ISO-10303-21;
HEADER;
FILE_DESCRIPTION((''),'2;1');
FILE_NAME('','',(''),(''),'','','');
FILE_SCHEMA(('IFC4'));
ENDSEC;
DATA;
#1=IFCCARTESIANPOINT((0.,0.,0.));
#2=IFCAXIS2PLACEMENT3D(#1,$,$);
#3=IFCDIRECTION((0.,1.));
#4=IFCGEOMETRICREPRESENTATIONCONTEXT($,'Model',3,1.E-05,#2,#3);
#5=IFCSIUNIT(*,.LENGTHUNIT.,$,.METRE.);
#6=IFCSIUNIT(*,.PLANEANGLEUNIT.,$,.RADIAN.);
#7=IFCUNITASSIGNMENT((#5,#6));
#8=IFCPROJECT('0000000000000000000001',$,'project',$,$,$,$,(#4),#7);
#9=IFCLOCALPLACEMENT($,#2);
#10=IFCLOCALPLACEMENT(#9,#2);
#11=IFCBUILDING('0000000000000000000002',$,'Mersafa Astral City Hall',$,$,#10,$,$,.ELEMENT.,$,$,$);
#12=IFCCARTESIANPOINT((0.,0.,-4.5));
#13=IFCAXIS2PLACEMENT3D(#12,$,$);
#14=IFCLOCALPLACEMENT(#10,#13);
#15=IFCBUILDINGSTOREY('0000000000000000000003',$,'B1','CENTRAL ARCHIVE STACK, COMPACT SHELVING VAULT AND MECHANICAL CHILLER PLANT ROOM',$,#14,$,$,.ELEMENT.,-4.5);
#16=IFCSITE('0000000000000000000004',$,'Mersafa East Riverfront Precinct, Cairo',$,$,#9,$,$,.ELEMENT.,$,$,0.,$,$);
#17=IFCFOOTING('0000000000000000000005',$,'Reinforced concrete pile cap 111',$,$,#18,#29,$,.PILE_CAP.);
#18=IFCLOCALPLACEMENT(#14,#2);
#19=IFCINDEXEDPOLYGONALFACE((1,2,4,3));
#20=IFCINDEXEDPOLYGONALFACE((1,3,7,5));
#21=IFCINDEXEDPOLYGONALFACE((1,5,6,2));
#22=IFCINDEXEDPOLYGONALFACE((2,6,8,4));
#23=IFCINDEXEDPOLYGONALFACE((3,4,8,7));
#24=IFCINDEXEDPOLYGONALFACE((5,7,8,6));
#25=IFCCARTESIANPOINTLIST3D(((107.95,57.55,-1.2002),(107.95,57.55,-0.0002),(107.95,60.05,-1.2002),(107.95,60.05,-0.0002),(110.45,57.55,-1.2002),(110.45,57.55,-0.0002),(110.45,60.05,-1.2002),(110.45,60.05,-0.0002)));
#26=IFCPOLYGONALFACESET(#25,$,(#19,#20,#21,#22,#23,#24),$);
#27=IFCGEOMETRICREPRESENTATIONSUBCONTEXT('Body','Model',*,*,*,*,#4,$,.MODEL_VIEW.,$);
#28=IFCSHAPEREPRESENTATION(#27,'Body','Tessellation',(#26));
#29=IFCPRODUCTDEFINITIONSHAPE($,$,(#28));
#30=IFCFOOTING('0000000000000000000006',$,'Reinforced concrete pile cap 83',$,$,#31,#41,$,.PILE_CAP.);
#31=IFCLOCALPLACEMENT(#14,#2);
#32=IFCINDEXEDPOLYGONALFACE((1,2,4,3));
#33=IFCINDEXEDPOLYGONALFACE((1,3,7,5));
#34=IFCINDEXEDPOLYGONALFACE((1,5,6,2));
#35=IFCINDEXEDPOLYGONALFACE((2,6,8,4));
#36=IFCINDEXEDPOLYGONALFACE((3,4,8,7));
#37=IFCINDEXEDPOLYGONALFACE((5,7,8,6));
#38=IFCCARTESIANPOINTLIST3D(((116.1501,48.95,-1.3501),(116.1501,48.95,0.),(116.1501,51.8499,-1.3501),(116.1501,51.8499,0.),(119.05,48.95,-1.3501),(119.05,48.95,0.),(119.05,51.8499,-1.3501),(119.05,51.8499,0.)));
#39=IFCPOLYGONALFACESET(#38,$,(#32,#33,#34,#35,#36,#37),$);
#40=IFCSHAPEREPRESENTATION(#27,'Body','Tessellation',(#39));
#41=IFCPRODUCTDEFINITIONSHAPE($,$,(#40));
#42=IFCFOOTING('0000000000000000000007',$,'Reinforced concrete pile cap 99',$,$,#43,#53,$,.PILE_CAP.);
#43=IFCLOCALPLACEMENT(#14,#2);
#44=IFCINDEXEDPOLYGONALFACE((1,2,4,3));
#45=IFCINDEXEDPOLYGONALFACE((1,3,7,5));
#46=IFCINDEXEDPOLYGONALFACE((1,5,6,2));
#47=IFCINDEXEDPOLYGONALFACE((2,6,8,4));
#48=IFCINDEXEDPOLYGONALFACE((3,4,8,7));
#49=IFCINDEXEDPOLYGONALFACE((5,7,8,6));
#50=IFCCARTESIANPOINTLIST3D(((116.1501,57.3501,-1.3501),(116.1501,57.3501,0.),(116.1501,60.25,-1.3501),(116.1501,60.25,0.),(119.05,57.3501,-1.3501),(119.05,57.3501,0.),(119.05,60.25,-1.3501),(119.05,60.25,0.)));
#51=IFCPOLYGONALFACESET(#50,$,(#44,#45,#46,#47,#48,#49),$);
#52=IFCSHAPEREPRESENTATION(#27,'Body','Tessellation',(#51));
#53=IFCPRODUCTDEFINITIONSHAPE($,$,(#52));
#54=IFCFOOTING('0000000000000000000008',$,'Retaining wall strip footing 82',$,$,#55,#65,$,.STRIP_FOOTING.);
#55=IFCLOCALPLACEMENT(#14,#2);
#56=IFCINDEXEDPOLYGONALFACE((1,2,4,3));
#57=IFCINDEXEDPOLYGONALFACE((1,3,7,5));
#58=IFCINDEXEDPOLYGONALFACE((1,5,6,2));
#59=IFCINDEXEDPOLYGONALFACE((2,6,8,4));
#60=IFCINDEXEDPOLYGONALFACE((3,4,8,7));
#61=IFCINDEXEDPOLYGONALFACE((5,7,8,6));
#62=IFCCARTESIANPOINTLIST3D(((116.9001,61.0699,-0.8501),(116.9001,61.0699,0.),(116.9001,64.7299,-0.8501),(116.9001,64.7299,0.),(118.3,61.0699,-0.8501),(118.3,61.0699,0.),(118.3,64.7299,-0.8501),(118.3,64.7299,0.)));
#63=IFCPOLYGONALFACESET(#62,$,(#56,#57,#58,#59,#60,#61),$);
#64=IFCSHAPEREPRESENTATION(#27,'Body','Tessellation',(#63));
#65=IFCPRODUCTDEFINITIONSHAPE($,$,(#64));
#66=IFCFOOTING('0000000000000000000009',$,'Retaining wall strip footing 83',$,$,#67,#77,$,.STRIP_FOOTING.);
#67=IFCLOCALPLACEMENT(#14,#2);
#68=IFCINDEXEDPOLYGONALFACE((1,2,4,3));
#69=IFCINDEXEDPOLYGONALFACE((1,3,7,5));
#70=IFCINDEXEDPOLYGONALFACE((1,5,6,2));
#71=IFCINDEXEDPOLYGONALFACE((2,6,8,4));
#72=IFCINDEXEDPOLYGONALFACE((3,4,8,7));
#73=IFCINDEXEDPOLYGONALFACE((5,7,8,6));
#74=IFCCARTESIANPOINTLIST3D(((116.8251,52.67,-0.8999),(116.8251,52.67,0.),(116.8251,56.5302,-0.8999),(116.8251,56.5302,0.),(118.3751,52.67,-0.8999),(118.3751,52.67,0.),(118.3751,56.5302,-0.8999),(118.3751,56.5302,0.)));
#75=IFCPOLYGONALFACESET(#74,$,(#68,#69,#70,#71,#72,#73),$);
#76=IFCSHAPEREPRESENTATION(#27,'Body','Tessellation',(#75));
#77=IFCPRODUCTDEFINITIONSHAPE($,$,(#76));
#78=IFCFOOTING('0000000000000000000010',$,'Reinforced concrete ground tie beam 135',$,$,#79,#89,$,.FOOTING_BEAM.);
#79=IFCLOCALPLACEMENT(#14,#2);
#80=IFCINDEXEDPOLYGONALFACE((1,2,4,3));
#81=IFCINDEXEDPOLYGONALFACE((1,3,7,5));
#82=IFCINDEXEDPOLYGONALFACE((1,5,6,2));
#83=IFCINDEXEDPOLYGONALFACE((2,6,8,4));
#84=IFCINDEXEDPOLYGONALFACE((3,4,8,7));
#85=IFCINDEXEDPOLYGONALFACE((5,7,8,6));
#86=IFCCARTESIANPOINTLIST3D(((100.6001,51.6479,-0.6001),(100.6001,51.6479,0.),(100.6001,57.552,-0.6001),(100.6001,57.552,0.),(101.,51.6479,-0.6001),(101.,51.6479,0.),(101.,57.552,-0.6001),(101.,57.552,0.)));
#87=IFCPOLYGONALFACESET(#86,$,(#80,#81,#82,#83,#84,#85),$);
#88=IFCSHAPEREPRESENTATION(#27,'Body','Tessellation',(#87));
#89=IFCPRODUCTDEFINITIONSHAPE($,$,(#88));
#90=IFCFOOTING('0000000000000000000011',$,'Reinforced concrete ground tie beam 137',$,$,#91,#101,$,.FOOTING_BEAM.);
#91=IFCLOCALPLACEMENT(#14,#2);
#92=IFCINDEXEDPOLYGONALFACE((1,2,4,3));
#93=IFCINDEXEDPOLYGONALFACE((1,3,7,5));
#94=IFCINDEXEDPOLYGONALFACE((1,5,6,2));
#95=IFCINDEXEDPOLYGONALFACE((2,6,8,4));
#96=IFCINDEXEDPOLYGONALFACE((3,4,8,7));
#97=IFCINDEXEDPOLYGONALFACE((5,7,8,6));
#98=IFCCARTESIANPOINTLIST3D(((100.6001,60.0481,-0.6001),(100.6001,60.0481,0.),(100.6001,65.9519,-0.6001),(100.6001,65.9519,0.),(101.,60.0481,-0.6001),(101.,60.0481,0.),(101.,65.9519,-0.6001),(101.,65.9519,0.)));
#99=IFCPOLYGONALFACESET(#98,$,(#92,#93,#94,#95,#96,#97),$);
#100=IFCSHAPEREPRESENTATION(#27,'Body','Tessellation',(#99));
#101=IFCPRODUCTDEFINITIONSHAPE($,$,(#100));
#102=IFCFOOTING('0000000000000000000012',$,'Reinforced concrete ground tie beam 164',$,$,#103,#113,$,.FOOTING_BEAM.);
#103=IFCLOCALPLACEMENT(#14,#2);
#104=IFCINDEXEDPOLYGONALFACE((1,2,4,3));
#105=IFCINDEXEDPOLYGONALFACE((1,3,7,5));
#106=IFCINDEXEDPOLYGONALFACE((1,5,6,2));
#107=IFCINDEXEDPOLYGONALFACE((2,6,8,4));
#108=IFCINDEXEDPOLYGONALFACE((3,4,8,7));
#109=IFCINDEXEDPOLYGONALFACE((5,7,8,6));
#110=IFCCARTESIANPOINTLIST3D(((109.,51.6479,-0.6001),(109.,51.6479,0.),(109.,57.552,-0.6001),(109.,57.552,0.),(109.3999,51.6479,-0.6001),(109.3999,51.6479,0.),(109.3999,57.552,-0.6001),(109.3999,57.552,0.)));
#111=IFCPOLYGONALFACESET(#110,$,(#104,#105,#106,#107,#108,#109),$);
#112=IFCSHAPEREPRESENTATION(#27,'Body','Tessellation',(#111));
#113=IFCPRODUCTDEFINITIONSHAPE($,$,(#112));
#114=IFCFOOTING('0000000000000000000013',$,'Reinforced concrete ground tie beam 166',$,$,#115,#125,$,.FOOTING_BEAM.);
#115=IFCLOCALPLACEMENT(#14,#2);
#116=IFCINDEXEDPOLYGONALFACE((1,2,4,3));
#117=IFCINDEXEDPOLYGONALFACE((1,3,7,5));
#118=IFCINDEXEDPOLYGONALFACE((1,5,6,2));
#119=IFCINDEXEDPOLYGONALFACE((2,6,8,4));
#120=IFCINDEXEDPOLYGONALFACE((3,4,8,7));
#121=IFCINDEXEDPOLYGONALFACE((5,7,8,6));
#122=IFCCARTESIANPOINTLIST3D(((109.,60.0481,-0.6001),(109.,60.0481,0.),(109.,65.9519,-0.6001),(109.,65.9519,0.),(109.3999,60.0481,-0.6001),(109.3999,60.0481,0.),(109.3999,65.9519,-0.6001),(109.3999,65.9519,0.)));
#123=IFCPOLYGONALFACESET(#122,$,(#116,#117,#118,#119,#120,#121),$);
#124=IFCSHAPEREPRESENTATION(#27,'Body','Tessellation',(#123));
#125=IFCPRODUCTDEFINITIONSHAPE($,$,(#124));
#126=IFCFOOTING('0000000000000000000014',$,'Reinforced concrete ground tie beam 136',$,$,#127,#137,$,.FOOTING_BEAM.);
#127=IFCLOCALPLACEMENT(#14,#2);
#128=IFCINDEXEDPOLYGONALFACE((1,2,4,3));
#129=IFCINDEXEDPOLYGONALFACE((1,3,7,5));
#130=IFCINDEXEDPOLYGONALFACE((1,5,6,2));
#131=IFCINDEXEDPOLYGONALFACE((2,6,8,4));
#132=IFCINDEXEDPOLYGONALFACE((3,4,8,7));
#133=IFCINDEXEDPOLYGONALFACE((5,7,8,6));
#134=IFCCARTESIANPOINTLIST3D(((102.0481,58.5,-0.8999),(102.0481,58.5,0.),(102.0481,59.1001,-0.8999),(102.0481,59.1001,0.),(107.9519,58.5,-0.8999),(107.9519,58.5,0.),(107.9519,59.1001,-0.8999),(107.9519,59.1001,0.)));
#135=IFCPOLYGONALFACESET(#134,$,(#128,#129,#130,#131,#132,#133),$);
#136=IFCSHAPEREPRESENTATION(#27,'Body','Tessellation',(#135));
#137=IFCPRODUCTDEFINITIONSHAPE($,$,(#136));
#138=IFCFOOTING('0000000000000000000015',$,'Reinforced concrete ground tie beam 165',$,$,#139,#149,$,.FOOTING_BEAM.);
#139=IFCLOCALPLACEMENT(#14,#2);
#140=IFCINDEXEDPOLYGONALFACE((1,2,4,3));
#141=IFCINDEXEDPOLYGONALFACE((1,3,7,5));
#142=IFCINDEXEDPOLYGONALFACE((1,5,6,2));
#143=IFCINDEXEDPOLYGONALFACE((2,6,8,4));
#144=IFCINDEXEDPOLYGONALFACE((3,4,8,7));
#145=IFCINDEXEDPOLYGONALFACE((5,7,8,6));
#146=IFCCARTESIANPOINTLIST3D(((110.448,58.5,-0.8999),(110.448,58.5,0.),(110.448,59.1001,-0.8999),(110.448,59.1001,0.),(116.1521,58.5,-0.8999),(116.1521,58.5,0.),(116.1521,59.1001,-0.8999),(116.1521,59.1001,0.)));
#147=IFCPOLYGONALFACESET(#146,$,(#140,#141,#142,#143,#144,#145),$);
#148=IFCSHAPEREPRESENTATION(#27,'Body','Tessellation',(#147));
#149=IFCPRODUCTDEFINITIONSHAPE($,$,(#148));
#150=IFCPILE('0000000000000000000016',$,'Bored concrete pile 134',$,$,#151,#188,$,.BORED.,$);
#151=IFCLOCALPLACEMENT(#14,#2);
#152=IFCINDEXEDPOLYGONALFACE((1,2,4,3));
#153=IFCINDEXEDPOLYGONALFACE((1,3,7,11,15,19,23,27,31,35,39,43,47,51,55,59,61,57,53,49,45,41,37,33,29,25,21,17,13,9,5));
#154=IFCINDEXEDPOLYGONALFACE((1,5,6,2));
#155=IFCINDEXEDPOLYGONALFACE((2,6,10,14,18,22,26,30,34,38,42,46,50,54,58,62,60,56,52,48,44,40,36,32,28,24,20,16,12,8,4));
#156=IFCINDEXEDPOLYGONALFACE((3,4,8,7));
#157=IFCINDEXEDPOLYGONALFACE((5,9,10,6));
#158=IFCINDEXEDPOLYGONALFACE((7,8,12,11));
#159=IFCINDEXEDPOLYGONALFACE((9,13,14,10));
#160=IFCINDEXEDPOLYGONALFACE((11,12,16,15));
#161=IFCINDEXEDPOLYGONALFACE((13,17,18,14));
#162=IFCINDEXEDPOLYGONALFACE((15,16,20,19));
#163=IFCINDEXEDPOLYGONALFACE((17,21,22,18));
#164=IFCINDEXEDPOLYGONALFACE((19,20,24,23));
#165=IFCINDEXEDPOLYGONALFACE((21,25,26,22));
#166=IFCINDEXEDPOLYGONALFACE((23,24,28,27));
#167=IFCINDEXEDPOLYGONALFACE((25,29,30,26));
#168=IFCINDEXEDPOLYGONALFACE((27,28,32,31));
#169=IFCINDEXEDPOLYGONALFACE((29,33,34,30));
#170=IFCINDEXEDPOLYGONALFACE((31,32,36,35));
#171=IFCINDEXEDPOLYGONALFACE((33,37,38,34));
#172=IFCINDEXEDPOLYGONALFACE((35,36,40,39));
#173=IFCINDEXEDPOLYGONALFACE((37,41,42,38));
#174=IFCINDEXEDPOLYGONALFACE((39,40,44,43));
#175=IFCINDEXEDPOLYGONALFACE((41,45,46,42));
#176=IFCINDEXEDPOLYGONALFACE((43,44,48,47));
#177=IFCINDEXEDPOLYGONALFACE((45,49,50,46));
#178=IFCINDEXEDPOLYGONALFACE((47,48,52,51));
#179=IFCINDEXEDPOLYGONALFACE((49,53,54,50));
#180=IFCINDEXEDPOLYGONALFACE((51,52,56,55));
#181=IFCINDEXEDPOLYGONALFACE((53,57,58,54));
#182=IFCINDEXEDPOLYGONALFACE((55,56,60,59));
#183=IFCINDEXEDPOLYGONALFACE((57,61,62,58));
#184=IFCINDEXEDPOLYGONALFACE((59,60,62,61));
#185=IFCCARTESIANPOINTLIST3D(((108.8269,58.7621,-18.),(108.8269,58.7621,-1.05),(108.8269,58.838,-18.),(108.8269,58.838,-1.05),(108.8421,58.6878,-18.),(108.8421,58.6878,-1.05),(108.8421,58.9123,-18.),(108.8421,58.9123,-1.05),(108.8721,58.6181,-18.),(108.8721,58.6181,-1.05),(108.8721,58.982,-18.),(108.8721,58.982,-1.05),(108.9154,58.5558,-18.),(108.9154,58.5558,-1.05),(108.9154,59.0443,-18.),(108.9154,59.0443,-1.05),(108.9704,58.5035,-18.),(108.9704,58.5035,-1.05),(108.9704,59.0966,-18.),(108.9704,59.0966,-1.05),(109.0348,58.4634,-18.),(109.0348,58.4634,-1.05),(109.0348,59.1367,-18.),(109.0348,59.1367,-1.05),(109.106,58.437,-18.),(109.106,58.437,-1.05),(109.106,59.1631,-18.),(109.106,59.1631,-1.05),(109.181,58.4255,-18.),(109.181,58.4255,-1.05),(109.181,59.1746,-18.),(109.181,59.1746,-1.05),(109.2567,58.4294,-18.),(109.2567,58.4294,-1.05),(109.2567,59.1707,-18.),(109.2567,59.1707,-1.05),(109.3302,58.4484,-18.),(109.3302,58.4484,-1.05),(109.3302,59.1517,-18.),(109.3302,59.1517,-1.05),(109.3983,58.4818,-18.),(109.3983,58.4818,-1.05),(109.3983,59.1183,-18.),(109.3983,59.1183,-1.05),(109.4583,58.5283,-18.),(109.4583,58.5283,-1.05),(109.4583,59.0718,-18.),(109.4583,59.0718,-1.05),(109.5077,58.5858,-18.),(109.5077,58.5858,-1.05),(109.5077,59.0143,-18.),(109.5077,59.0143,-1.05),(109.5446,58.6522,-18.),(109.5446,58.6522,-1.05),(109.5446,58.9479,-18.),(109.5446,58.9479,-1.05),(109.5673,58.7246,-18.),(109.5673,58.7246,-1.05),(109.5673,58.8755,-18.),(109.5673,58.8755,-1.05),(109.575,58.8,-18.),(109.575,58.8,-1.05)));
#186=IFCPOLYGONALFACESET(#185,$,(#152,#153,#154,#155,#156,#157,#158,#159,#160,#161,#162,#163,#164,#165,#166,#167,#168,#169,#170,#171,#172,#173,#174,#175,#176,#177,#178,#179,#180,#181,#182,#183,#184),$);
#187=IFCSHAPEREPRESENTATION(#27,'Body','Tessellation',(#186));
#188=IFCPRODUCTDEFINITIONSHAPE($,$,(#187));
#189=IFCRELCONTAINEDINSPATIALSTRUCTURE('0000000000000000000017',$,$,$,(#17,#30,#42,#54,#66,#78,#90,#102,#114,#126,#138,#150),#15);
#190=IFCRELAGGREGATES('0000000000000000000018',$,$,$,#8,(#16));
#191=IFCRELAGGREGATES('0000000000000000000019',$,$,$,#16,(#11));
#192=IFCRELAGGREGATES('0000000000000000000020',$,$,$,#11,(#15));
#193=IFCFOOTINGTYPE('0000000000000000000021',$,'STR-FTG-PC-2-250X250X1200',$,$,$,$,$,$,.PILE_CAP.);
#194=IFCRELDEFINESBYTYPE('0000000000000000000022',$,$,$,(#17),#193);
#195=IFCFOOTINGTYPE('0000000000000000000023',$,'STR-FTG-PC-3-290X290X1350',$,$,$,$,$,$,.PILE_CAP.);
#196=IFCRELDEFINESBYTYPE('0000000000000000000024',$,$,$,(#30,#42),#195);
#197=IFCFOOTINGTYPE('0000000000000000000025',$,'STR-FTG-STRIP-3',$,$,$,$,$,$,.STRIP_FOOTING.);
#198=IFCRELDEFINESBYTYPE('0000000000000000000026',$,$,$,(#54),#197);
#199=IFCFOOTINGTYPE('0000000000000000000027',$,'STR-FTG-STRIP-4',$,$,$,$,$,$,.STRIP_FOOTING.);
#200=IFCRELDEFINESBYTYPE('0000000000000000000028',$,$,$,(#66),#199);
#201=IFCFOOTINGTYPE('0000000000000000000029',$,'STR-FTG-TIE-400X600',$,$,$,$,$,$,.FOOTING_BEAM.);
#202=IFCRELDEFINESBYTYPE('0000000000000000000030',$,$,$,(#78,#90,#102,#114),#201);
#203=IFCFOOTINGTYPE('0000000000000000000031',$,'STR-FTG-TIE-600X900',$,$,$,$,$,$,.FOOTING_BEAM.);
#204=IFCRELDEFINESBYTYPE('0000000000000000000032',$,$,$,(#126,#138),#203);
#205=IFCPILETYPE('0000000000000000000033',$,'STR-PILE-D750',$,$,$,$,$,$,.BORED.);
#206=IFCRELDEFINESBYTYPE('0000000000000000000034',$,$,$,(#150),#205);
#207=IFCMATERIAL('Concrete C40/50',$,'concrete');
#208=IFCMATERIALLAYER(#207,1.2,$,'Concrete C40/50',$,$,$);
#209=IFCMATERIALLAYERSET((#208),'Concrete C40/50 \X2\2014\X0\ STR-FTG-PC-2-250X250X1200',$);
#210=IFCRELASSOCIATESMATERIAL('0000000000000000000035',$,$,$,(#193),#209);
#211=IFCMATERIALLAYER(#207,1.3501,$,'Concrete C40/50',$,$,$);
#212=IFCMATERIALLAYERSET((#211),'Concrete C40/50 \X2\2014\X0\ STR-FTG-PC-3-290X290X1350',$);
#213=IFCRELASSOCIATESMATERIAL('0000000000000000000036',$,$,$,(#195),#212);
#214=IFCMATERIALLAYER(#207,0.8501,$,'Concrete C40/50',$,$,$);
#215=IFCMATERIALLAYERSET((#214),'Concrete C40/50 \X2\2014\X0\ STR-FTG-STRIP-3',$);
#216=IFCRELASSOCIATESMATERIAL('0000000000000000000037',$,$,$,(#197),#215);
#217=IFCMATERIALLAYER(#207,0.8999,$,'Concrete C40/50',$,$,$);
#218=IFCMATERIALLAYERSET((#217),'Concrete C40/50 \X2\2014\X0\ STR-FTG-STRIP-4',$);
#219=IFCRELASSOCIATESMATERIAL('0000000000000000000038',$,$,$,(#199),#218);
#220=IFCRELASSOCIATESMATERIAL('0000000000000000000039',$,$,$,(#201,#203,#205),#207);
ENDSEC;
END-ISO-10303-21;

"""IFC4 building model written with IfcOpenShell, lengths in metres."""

from ifc_helpers import new_model, si_unit, direction, frame, origin, origin_2d, place, context, subcontext, project, spatial, rectangle, circle, extrude, material, layer, layer_set, material_profile, profile_set, type_object, element, save


model = new_model("IFC4")

# Units and contexts
model_context = context("Model", 3, precision=1e-05, world=origin(), true_north=direction((0.0, 1.0)))
body_context = subcontext(model_context, "Body", "Model", "MODEL_VIEW")
ifc_project = project(units=[si_unit("LENGTHUNIT", "METRE"), si_unit("PLANEANGLEUNIT", "RADIAN")], contexts=[model_context])

# Site, building, storey
site_placement = place(None, origin())
site = spatial("IfcSite", under=ifc_project, at=site_placement, Name="Mersafa East Riverfront Precinct, Cairo", CompositionType="ELEMENT", RefElevation=0.0)
building_placement = place(site_placement, origin())
building = spatial("IfcBuilding", under=site, at=building_placement, Name="Mersafa Astral City Hall", CompositionType="ELEMENT")
storey_placement = place(building_placement, frame((0.0, 0.0, -4.5)))
storey = spatial("IfcBuildingStorey", under=building, at=storey_placement, Name="B1", Description="CENTRAL ARCHIVE STACK, COMPACT SHELVING VAULT AND MECHANICAL CHILLER PLANT ROOM", CompositionType="ELEMENT", Elevation=-4.5)

# Footings
ifc_material_1 = material(Name="Concrete C40/50", Category="concrete")
ifc_layer_1 = layer(ifc_material_1, 1.2, Name="Concrete C40/50")
ifc_layer_set_1 = layer_set([ifc_layer_1], Name="Concrete C40/50 — STR-FTG-PC-2-250X250X1200")
footing_type_1 = type_object("IfcFootingType", Name="STR-FTG-PC-2-250X250X1200", PredefinedType="PILE_CAP", material=ifc_layer_set_1)
footing_1_placement = place(storey_placement, frame((109.2, 58.8, -1.2002), z_axis=(0.0, 0.0, 1.0), x_axis=(1.0, 0.0, 0.0)))
element("IfcFooting", 1, at=footing_1_placement, inside=storey, type_object=footing_type_1, Name="Reinforced concrete pile cap 111", PredefinedType="PILE_CAP", context=body_context, shape_type="SweptSolid", body=[
    extrude(rectangle(XDim=2.5, YDim=2.5, at=origin_2d()), origin(), (0.0, 0.0, 1.0), 1.2),
])
ifc_layer_2 = layer(ifc_material_1, 1.3501, Name="Concrete C40/50")
ifc_layer_set_2 = layer_set([ifc_layer_2], Name="Concrete C40/50 — STR-FTG-PC-3-290X290X1350")
footing_type_2 = type_object("IfcFootingType", Name="STR-FTG-PC-3-290X290X1350", PredefinedType="PILE_CAP", material=ifc_layer_set_2)
for number, where, z_axis, x_axis, name in (
    (2, (117.6001, 50.3999, -1.3501), (0.0, 0.0, 1.0), (1.0, 0.0, 0.0), "Reinforced concrete pile cap 83"),
    (3, (117.6001, 58.8, -1.3501), (0.0, 0.0, 1.0), (1.0, 0.0, 0.0), "Reinforced concrete pile cap 99"),
):
    element("IfcFooting", number, at=place(storey_placement, frame(where, z_axis=z_axis, x_axis=x_axis)), inside=storey, type_object=footing_type_2, Name=name, PredefinedType="PILE_CAP", context=body_context, shape_type="SweptSolid", body=[
        extrude(rectangle(XDim=2.8999, YDim=2.8999, at=origin_2d()), origin(), (0.0, 0.0, 1.0), 1.3501),
    ])
ifc_layer_3 = layer(ifc_material_1, 0.8501, Name="Concrete C40/50")
ifc_layer_set_3 = layer_set([ifc_layer_3], Name="Concrete C40/50 — STR-FTG-STRIP-3")
footing_type_3 = type_object("IfcFootingType", Name="STR-FTG-STRIP-3", PredefinedType="STRIP_FOOTING", material=ifc_layer_set_3)
footing_2_placement = place(storey_placement, frame((117.6001, 62.8999, -0.8501), z_axis=(0.0, 0.0, 1.0), x_axis=(0.0, -1.0, 0.0)))
element("IfcFooting", 4, at=footing_2_placement, inside=storey, type_object=footing_type_3, Name="Retaining wall strip footing 82", PredefinedType="STRIP_FOOTING", context=body_context, shape_type="SweptSolid", body=[
    extrude(rectangle(XDim=3.6599, YDim=1.3999, at=origin_2d()), origin(), (0.0, 0.0, 1.0), 0.8501),
])
ifc_layer_4 = layer(ifc_material_1, 0.8999, Name="Concrete C40/50")
ifc_layer_set_4 = layer_set([ifc_layer_4], Name="Concrete C40/50 — STR-FTG-STRIP-4")
footing_type_4 = type_object("IfcFootingType", Name="STR-FTG-STRIP-4", PredefinedType="STRIP_FOOTING", material=ifc_layer_set_4)
footing_3_placement = place(storey_placement, frame((117.6001, 54.6001, -0.8999), z_axis=(0.0, 0.0, 1.0), x_axis=(0.0, -1.0, 0.0)))
element("IfcFooting", 5, at=footing_3_placement, inside=storey, type_object=footing_type_4, Name="Retaining wall strip footing 83", PredefinedType="STRIP_FOOTING", context=body_context, shape_type="SweptSolid", body=[
    extrude(rectangle(XDim=3.8601, YDim=1.55, at=origin_2d()), origin(), (0.0, 0.0, 1.0), 0.8999),
])
ifc_material_profile_1 = material_profile(ifc_material_1, rectangle(XDim=0.3999, YDim=0.6001, at=origin_2d()), Name="RC 400x600")
ifc_profile_set_1 = profile_set([ifc_material_profile_1], Name="Concrete C40/50")
footing_type_5 = type_object("IfcFootingType", Name="STR-FTG-TIE-400X600", PredefinedType="FOOTING_BEAM", material=ifc_profile_set_1)
footing_4_placement = place(storey_placement, frame((100.8, 51.6479, -0.3), z_axis=(0.0, 1.0, 0.0), x_axis=(-1.0, 0.0, 0.0)))
element("IfcFooting", 6, at=footing_4_placement, inside=storey, type_object=footing_type_5, Name="Reinforced concrete ground tie beam 135", PredefinedType="FOOTING_BEAM", context=body_context, shape_type="SweptSolid", body=[
    extrude(rectangle(XDim=0.3999, YDim=0.6001, at=origin_2d()), origin(), (0.0, 0.0, 1.0), 5.9041),
])
footing_5_placement = place(storey_placement, frame((100.8, 60.0481, -0.3), z_axis=(0.0, 1.0, 0.0), x_axis=(-1.0, 0.0, 0.0)))
element("IfcFooting", 7, at=footing_5_placement, inside=storey, type_object=footing_type_5, Name="Reinforced concrete ground tie beam 137", PredefinedType="FOOTING_BEAM", context=body_context, shape_type="SweptSolid", body=[
    extrude(rectangle(XDim=0.3999, YDim=0.6001, at=origin_2d()), origin(), (0.0, 0.0, 1.0), 5.9038),
])
footing_6_placement = place(storey_placement, frame((109.2, 51.6479, -0.3), z_axis=(0.0, 1.0, 0.0), x_axis=(-1.0, 0.0, 0.0)))
element("IfcFooting", 8, at=footing_6_placement, inside=storey, type_object=footing_type_5, Name="Reinforced concrete ground tie beam 164", PredefinedType="FOOTING_BEAM", context=body_context, shape_type="SweptSolid", body=[
    extrude(rectangle(XDim=0.3999, YDim=0.6001, at=origin_2d()), origin(), (0.0, 0.0, 1.0), 5.9041),
])
footing_7_placement = place(storey_placement, frame((109.2, 60.0481, -0.3), z_axis=(0.0, 1.0, 0.0), x_axis=(-1.0, 0.0, 0.0)))
element("IfcFooting", 9, at=footing_7_placement, inside=storey, type_object=footing_type_5, Name="Reinforced concrete ground tie beam 166", PredefinedType="FOOTING_BEAM", context=body_context, shape_type="SweptSolid", body=[
    extrude(rectangle(XDim=0.3999, YDim=0.6001, at=origin_2d()), origin(), (0.0, 0.0, 1.0), 5.9038),
])
ifc_material_profile_2 = material_profile(ifc_material_1, rectangle(XDim=0.6001, YDim=0.8999, at=origin_2d()), Name="RC 600x900")
ifc_profile_set_2 = profile_set([ifc_material_profile_2], Name="Concrete C40/50")
footing_type_6 = type_object("IfcFootingType", Name="STR-FTG-TIE-600X900", PredefinedType="FOOTING_BEAM", material=ifc_profile_set_2)
footing_8_placement = place(storey_placement, frame((102.0481, 58.8, -0.45), z_axis=(1.0, 0.0, 0.0), x_axis=(0.0, 1.0, 0.0)))
element("IfcFooting", 10, at=footing_8_placement, inside=storey, type_object=footing_type_6, Name="Reinforced concrete ground tie beam 136", PredefinedType="FOOTING_BEAM", context=body_context, shape_type="SweptSolid", body=[
    extrude(rectangle(XDim=0.6001, YDim=0.8999, at=origin_2d()), origin(), (0.0, 0.0, 1.0), 5.9038),
])
footing_9_placement = place(storey_placement, frame((110.448, 58.8, -0.45), z_axis=(1.0, 0.0, 0.0), x_axis=(0.0, 1.0, 0.0)))
element("IfcFooting", 11, at=footing_9_placement, inside=storey, type_object=footing_type_6, Name="Reinforced concrete ground tie beam 165", PredefinedType="FOOTING_BEAM", context=body_context, shape_type="SweptSolid", body=[
    extrude(rectangle(XDim=0.6001, YDim=0.8999, at=origin_2d()), origin(), (0.0, 0.0, 1.0), 5.7041),
])

# Pile
ifc_material_profile_3 = material_profile(ifc_material_1, circle(Radius=0.375, at=origin_2d()), Name="PILE D750")
ifc_profile_set_3 = profile_set([ifc_material_profile_3], Name="Concrete C40/50")
pile_type_1 = type_object("IfcPileType", Name="STR-PILE-D750", PredefinedType="BORED", material=ifc_profile_set_3)
pile_placement = place(storey_placement, frame((109.2, 58.8, -1.05), z_axis=(0.0, 0.0, -1.0), x_axis=(1.0, 0.0, 0.0)))
element("IfcPile", 12, at=pile_placement, inside=storey, type_object=pile_type_1, Name="Bored concrete pile 134", PredefinedType="BORED", context=body_context, shape_type="SweptSolid", body=[
    extrude(circle(Radius=0.375, at=origin_2d()), origin(), (0.0, 0.0, 1.0), 16.95),
])

save(model, "model.ifc")
